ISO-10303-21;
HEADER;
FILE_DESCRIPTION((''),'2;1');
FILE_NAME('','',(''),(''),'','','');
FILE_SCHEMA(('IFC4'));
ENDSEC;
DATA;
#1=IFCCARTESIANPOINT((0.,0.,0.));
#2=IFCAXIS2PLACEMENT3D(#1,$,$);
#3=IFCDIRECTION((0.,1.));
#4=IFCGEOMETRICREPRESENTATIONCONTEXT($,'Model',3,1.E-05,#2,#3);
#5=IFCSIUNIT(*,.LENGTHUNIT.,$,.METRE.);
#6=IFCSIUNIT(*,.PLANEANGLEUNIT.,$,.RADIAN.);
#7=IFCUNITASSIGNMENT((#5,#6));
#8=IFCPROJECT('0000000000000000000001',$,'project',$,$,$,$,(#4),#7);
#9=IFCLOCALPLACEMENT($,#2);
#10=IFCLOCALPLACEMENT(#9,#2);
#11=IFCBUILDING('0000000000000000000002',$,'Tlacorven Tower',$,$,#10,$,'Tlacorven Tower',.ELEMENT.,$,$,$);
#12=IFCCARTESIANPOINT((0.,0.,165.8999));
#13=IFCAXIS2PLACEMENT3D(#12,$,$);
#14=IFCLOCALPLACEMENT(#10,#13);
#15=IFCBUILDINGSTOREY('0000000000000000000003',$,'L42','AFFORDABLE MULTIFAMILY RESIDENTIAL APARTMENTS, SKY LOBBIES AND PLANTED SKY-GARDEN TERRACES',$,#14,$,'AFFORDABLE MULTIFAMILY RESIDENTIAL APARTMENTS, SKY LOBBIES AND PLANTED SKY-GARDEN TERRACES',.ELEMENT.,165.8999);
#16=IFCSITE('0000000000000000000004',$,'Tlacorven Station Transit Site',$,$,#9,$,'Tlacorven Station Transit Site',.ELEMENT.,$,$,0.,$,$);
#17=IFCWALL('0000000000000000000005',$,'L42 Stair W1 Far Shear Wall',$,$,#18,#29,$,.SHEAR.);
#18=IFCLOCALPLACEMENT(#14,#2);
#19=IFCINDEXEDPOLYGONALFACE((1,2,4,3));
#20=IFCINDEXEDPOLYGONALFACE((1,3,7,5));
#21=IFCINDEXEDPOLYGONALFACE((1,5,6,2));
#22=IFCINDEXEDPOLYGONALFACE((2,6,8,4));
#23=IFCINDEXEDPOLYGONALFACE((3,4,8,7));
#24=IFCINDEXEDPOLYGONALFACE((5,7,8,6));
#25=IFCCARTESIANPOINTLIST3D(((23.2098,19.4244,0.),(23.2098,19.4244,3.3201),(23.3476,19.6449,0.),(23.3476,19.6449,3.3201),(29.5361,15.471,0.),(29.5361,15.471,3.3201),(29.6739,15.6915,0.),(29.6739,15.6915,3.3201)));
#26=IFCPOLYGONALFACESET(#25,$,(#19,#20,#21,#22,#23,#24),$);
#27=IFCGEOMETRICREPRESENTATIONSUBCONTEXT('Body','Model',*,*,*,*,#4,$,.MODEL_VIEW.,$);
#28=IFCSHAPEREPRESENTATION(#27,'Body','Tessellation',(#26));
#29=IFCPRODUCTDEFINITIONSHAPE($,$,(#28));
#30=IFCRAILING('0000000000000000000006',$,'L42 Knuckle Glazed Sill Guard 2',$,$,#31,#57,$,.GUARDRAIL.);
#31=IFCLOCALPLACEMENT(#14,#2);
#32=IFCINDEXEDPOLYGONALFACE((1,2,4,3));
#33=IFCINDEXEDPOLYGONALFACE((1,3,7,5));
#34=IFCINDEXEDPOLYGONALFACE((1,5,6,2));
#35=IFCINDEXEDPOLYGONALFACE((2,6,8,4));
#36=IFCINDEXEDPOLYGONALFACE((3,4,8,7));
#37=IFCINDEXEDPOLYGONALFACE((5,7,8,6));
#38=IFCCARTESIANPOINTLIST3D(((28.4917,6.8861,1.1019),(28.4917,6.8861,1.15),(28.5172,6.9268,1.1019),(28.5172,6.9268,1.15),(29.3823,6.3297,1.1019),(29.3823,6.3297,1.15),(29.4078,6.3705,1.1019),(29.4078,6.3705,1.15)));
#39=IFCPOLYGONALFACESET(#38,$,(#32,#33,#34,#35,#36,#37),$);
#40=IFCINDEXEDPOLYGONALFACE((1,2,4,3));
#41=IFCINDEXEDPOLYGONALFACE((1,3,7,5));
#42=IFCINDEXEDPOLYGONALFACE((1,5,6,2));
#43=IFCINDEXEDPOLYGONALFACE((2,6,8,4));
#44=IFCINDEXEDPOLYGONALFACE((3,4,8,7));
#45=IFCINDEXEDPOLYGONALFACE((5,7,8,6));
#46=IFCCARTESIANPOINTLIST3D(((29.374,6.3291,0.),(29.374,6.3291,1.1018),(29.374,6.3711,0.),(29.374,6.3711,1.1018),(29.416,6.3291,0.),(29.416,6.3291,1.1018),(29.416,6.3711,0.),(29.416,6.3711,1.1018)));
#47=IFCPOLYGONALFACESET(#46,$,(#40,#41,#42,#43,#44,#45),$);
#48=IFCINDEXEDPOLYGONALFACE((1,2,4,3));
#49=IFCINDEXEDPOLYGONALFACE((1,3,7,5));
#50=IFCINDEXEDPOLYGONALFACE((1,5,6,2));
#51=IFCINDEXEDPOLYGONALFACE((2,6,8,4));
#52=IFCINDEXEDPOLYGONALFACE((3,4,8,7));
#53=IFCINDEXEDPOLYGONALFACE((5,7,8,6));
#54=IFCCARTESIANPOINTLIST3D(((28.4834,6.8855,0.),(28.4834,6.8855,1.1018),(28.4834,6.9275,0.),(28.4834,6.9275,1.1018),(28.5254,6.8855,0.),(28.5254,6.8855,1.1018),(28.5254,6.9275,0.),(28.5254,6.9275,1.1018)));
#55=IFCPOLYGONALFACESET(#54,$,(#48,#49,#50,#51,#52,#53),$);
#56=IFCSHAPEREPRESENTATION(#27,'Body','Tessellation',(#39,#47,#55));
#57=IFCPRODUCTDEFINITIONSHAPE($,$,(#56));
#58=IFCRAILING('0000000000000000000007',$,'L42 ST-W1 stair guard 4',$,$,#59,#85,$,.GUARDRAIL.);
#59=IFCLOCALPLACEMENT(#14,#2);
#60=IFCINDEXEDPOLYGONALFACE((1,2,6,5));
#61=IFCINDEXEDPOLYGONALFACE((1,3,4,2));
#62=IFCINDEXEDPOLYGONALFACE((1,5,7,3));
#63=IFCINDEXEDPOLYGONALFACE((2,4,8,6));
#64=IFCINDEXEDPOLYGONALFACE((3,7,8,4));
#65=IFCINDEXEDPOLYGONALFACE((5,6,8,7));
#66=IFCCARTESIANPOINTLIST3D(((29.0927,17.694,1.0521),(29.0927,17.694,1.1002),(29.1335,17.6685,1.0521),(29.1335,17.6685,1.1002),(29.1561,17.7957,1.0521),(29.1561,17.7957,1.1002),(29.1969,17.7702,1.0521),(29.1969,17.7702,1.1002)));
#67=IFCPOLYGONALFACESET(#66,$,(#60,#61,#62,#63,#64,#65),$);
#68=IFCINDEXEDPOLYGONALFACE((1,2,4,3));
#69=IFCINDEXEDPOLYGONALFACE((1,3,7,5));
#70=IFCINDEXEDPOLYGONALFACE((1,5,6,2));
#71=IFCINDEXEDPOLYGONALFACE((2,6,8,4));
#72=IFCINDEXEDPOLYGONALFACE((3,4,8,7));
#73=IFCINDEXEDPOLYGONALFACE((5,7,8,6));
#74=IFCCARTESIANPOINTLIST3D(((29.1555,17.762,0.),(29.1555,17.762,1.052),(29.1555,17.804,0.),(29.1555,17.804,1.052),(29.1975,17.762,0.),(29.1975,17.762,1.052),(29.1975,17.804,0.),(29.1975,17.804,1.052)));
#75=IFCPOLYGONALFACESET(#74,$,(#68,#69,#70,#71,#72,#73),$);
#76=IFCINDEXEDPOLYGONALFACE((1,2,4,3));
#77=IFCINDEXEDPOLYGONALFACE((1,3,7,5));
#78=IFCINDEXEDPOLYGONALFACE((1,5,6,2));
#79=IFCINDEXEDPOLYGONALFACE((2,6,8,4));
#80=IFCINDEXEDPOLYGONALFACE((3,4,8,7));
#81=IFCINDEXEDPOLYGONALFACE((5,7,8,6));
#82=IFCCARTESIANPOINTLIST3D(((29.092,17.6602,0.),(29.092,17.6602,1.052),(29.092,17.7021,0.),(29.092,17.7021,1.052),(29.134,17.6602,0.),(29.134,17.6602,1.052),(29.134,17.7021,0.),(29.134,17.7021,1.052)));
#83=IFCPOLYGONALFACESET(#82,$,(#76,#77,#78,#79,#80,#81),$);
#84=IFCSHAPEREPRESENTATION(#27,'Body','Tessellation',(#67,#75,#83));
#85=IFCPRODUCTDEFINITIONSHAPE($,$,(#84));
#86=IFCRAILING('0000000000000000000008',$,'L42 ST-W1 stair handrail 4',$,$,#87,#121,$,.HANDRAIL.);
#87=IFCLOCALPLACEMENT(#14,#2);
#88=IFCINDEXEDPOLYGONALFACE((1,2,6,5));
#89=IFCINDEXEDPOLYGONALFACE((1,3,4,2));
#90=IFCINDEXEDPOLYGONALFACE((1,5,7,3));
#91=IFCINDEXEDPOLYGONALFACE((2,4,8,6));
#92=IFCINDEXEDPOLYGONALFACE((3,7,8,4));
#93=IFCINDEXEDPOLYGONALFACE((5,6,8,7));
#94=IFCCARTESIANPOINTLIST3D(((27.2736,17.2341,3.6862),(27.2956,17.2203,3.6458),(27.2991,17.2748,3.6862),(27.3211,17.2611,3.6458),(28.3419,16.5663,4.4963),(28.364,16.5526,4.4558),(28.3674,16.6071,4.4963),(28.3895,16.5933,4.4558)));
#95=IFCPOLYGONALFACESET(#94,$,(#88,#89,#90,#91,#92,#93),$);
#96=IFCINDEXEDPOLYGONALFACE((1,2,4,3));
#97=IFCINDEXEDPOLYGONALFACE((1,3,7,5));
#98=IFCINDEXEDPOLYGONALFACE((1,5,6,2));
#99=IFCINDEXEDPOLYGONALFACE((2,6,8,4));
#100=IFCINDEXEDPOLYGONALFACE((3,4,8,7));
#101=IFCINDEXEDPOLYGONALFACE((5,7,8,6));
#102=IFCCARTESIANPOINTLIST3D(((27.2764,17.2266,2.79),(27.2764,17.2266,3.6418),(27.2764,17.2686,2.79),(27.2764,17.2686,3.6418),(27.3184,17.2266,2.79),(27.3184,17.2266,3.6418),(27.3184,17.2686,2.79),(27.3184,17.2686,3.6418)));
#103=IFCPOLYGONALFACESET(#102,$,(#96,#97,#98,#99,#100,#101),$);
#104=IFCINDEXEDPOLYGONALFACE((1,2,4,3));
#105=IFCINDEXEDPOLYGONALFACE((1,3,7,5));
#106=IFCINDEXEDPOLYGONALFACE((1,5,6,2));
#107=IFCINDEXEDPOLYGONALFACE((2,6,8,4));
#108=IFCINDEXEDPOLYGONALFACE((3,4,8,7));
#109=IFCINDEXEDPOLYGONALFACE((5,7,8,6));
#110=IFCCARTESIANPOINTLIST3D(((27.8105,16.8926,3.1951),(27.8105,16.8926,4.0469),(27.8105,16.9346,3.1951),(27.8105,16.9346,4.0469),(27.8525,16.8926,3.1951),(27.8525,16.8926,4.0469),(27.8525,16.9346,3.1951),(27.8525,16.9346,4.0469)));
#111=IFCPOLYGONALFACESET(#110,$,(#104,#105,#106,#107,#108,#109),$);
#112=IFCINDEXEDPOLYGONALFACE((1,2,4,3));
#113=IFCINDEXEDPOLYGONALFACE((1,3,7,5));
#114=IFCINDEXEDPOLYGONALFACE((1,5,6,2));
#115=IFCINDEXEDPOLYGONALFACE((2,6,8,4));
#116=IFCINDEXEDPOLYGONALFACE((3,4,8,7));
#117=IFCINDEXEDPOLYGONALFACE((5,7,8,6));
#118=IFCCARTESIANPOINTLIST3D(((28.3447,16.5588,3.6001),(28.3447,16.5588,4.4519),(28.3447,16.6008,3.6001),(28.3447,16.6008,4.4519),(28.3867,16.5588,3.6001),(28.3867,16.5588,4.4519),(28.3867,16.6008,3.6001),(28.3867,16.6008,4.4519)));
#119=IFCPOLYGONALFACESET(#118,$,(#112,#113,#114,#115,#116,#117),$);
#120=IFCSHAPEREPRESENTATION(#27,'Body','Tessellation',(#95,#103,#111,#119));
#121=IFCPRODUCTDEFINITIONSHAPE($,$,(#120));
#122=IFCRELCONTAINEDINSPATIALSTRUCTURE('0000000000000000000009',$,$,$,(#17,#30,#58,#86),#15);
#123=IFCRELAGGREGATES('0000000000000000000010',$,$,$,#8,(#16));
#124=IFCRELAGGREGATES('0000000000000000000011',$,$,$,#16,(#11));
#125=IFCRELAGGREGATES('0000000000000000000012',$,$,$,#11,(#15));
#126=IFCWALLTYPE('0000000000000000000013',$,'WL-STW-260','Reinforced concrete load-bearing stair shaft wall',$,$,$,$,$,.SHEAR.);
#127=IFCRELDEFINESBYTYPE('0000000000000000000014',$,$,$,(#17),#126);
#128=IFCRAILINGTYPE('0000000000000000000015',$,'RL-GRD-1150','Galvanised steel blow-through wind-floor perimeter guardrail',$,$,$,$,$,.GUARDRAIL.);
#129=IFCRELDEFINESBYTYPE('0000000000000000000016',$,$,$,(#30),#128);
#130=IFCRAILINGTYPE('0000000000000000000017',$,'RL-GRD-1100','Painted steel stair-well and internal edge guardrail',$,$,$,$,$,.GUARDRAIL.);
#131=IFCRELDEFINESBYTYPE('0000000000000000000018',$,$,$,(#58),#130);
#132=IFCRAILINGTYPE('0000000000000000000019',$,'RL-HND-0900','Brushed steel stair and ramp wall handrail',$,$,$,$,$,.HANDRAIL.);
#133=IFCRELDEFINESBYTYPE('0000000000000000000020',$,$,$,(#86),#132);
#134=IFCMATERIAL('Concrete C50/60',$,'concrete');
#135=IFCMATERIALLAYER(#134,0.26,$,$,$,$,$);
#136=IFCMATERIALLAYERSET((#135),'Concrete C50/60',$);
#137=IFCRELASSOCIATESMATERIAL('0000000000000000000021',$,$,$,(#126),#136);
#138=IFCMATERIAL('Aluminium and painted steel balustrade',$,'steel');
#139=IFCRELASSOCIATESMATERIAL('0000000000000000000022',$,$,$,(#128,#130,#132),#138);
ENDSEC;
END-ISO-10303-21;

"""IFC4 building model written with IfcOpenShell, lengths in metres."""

from ifc_helpers import new_model, si_unit, direction, frame, frame_2d, origin, origin_2d, place, context, subcontext, project, spatial, rectangle, extrude, source, transform, mapped, material, layer, layer_set, type_object, element, save


model = new_model("IFC4")

# Units and contexts
model_context = context("Model", 3, precision=1e-05, world=origin(), true_north=direction((0.0, 1.0)))
body_context = subcontext(model_context, "Body", "Model", "MODEL_VIEW")
ifc_project = project(units=[si_unit("LENGTHUNIT", "METRE"), si_unit("PLANEANGLEUNIT", "RADIAN")], contexts=[model_context])

# Site, building, storey
site_placement = place(None, origin())
site = spatial("IfcSite", under=ifc_project, at=site_placement, Name="Tlacorven Station Transit Site", LongName="Tlacorven Station Transit Site", CompositionType="ELEMENT", RefElevation=0.0)
building_placement = place(site_placement, origin())
building = spatial("IfcBuilding", under=site, at=building_placement, Name="Tlacorven Tower", LongName="Tlacorven Tower", CompositionType="ELEMENT")
storey_placement = place(building_placement, frame((0.0, 0.0, 165.8999)))
storey = spatial("IfcBuildingStorey", under=building, at=storey_placement, Name="L42", Description="AFFORDABLE MULTIFAMILY RESIDENTIAL APARTMENTS, SKY LOBBIES AND PLANTED SKY-GARDEN TERRACES", LongName="AFFORDABLE MULTIFAMILY RESIDENTIAL APARTMENTS, SKY LOBBIES AND PLANTED SKY-GARDEN TERRACES", CompositionType="ELEMENT", Elevation=165.8999)

# Wall
ifc_material_1 = material(Name="Concrete C50/60", Category="concrete")
ifc_layer_1 = layer(ifc_material_1, 0.26)
ifc_layer_set_1 = layer_set([ifc_layer_1], Name="Concrete C50/60")
wall_type_1 = type_object("IfcWallType", Name="WL-STW-260", Description="Reinforced concrete load-bearing stair shaft wall", PredefinedType="SHEAR", material=ifc_layer_set_1)
wall_1_placement = place(storey_placement, frame((29.605, 15.5813, 0.0), z_axis=(0.0, 0.0, 1.0), x_axis=(-0.848037, 0.529937, 0.0)))
element("IfcWall", 1, at=wall_1_placement, inside=storey, type_object=wall_type_1, Name="L42 Stair W1 Far Shear Wall", PredefinedType="SHEAR", context=body_context, shape_type="SweptSolid", body=[
    extrude(rectangle(XDim=7.46, YDim=0.26, at=frame_2d((3.73, 0.0))), origin(), (0.0, 0.0, 1.0), 3.3201),
])

# Railings
ifc_material_2 = material(Name="Aluminium and painted steel balustrade", Category="steel")
railing_type_1 = type_object("IfcRailingType", Name="RL-GRD-1150", Description="Galvanised steel blow-through wind-floor perimeter guardrail", PredefinedType="GUARDRAIL", material=ifc_material_2)
shared_shape_1 = source(origin(), body_context, "Body", "SweptSolid", [
    extrude(rectangle(XDim=0.0481, YDim=0.0481, at=origin_2d()), frame((0.0, 0.0, 1.126), z_axis=(-0.848103, 0.529832, 0.0), x_axis=(-0.529832, -0.848103, 0.0)), (0.0, 0.0, 1.0), 1.05),
    extrude(rectangle(XDim=0.042, YDim=0.042, at=origin_2d()), origin(), (0.0, 0.0, 1.0), 1.1018),
    extrude(rectangle(XDim=0.042, YDim=0.042, at=origin_2d()), frame((-0.8906, 0.5564, 0.0)), (0.0, 0.0, 1.0), 1.1018),
])
railing_1_placement = place(storey_placement, frame((29.395, 6.3501, 0.0)))
element("IfcRailing", 2, at=railing_1_placement, inside=storey, type_object=railing_type_1, Name="L42 Knuckle Glazed Sill Guard 2", PredefinedType="GUARDRAIL", context=body_context, shape_type="MappedRepresentation", body=[
    mapped(shared_shape_1, transform((0.0, 0.0, 0.0), scale=1.0)),
])
railing_type_2 = type_object("IfcRailingType", Name="RL-GRD-1100", Description="Painted steel stair-well and internal edge guardrail", PredefinedType="GUARDRAIL", material=ifc_material_2)
shared_shape_2 = source(origin(), body_context, "Body", "SweptSolid", [
    extrude(rectangle(XDim=0.0481, YDim=0.0481, at=origin_2d()), frame((0.0, 0.0, 1.0762), z_axis=(-0.529084, -0.848569, 0.0), x_axis=(0.848569, -0.529084, 0.0)), (0.0, 0.0, 1.0), 0.1199),
    extrude(rectangle(XDim=0.042, YDim=0.042, at=origin_2d()), origin(), (0.0, 0.0, 1.0), 1.052),
    extrude(rectangle(XDim=0.042, YDim=0.042, at=origin_2d()), frame((-0.0635, -0.1018, 0.0)), (0.0, 0.0, 1.0), 1.052),
])
railing_2_placement = place(storey_placement, frame((29.1765, 17.783, 0.0)))
element("IfcRailing", 3, at=railing_2_placement, inside=storey, type_object=railing_type_2, Name="L42 ST-W1 stair guard 4", PredefinedType="GUARDRAIL", context=body_context, shape_type="MappedRepresentation", body=[
    mapped(shared_shape_2, transform((0.0, 0.0, 0.0), scale=1.0)),
])
railing_type_3 = type_object("IfcRailingType", Name="RL-HND-0900", Description="Brushed steel stair and ramp wall handrail", PredefinedType="HANDRAIL", material=ifc_material_2)
shared_shape_3 = source(origin(), body_context, "Body", "SweptSolid", [
    extrude(rectangle(XDim=0.0481, YDim=0.0481, at=origin_2d()), frame((0.0, 0.0, 0.876), z_axis=(0.71328, -0.4458, 0.540828), x_axis=(0.529999, 0.847998, 0.0)), (0.0, 0.0, 1.0), 1.4978),
    extrude(rectangle(XDim=0.042, YDim=0.042, at=origin_2d()), origin(), (0.0, 0.0, 1.0), 0.8518),
    extrude(rectangle(XDim=0.042, YDim=0.042, at=origin_2d()), frame((0.5342, -0.334, 0.405)), (0.0, 0.0, 1.0), 0.8518),
    extrude(rectangle(XDim=0.042, YDim=0.042, at=origin_2d()), frame((1.0684, -0.6677, 0.8101)), (0.0, 0.0, 1.0), 0.8518),
])
railing_3_placement = place(storey_placement, frame((27.2974, 17.2476, 2.79)))
element("IfcRailing", 4, at=railing_3_placement, inside=storey, type_object=railing_type_3, Name="L42 ST-W1 stair handrail 4", PredefinedType="HANDRAIL", context=body_context, shape_type="MappedRepresentation", body=[
    mapped(shared_shape_3, transform((0.0, 0.0, 0.0), scale=1.0)),
])

save(model, "model.ifc")
